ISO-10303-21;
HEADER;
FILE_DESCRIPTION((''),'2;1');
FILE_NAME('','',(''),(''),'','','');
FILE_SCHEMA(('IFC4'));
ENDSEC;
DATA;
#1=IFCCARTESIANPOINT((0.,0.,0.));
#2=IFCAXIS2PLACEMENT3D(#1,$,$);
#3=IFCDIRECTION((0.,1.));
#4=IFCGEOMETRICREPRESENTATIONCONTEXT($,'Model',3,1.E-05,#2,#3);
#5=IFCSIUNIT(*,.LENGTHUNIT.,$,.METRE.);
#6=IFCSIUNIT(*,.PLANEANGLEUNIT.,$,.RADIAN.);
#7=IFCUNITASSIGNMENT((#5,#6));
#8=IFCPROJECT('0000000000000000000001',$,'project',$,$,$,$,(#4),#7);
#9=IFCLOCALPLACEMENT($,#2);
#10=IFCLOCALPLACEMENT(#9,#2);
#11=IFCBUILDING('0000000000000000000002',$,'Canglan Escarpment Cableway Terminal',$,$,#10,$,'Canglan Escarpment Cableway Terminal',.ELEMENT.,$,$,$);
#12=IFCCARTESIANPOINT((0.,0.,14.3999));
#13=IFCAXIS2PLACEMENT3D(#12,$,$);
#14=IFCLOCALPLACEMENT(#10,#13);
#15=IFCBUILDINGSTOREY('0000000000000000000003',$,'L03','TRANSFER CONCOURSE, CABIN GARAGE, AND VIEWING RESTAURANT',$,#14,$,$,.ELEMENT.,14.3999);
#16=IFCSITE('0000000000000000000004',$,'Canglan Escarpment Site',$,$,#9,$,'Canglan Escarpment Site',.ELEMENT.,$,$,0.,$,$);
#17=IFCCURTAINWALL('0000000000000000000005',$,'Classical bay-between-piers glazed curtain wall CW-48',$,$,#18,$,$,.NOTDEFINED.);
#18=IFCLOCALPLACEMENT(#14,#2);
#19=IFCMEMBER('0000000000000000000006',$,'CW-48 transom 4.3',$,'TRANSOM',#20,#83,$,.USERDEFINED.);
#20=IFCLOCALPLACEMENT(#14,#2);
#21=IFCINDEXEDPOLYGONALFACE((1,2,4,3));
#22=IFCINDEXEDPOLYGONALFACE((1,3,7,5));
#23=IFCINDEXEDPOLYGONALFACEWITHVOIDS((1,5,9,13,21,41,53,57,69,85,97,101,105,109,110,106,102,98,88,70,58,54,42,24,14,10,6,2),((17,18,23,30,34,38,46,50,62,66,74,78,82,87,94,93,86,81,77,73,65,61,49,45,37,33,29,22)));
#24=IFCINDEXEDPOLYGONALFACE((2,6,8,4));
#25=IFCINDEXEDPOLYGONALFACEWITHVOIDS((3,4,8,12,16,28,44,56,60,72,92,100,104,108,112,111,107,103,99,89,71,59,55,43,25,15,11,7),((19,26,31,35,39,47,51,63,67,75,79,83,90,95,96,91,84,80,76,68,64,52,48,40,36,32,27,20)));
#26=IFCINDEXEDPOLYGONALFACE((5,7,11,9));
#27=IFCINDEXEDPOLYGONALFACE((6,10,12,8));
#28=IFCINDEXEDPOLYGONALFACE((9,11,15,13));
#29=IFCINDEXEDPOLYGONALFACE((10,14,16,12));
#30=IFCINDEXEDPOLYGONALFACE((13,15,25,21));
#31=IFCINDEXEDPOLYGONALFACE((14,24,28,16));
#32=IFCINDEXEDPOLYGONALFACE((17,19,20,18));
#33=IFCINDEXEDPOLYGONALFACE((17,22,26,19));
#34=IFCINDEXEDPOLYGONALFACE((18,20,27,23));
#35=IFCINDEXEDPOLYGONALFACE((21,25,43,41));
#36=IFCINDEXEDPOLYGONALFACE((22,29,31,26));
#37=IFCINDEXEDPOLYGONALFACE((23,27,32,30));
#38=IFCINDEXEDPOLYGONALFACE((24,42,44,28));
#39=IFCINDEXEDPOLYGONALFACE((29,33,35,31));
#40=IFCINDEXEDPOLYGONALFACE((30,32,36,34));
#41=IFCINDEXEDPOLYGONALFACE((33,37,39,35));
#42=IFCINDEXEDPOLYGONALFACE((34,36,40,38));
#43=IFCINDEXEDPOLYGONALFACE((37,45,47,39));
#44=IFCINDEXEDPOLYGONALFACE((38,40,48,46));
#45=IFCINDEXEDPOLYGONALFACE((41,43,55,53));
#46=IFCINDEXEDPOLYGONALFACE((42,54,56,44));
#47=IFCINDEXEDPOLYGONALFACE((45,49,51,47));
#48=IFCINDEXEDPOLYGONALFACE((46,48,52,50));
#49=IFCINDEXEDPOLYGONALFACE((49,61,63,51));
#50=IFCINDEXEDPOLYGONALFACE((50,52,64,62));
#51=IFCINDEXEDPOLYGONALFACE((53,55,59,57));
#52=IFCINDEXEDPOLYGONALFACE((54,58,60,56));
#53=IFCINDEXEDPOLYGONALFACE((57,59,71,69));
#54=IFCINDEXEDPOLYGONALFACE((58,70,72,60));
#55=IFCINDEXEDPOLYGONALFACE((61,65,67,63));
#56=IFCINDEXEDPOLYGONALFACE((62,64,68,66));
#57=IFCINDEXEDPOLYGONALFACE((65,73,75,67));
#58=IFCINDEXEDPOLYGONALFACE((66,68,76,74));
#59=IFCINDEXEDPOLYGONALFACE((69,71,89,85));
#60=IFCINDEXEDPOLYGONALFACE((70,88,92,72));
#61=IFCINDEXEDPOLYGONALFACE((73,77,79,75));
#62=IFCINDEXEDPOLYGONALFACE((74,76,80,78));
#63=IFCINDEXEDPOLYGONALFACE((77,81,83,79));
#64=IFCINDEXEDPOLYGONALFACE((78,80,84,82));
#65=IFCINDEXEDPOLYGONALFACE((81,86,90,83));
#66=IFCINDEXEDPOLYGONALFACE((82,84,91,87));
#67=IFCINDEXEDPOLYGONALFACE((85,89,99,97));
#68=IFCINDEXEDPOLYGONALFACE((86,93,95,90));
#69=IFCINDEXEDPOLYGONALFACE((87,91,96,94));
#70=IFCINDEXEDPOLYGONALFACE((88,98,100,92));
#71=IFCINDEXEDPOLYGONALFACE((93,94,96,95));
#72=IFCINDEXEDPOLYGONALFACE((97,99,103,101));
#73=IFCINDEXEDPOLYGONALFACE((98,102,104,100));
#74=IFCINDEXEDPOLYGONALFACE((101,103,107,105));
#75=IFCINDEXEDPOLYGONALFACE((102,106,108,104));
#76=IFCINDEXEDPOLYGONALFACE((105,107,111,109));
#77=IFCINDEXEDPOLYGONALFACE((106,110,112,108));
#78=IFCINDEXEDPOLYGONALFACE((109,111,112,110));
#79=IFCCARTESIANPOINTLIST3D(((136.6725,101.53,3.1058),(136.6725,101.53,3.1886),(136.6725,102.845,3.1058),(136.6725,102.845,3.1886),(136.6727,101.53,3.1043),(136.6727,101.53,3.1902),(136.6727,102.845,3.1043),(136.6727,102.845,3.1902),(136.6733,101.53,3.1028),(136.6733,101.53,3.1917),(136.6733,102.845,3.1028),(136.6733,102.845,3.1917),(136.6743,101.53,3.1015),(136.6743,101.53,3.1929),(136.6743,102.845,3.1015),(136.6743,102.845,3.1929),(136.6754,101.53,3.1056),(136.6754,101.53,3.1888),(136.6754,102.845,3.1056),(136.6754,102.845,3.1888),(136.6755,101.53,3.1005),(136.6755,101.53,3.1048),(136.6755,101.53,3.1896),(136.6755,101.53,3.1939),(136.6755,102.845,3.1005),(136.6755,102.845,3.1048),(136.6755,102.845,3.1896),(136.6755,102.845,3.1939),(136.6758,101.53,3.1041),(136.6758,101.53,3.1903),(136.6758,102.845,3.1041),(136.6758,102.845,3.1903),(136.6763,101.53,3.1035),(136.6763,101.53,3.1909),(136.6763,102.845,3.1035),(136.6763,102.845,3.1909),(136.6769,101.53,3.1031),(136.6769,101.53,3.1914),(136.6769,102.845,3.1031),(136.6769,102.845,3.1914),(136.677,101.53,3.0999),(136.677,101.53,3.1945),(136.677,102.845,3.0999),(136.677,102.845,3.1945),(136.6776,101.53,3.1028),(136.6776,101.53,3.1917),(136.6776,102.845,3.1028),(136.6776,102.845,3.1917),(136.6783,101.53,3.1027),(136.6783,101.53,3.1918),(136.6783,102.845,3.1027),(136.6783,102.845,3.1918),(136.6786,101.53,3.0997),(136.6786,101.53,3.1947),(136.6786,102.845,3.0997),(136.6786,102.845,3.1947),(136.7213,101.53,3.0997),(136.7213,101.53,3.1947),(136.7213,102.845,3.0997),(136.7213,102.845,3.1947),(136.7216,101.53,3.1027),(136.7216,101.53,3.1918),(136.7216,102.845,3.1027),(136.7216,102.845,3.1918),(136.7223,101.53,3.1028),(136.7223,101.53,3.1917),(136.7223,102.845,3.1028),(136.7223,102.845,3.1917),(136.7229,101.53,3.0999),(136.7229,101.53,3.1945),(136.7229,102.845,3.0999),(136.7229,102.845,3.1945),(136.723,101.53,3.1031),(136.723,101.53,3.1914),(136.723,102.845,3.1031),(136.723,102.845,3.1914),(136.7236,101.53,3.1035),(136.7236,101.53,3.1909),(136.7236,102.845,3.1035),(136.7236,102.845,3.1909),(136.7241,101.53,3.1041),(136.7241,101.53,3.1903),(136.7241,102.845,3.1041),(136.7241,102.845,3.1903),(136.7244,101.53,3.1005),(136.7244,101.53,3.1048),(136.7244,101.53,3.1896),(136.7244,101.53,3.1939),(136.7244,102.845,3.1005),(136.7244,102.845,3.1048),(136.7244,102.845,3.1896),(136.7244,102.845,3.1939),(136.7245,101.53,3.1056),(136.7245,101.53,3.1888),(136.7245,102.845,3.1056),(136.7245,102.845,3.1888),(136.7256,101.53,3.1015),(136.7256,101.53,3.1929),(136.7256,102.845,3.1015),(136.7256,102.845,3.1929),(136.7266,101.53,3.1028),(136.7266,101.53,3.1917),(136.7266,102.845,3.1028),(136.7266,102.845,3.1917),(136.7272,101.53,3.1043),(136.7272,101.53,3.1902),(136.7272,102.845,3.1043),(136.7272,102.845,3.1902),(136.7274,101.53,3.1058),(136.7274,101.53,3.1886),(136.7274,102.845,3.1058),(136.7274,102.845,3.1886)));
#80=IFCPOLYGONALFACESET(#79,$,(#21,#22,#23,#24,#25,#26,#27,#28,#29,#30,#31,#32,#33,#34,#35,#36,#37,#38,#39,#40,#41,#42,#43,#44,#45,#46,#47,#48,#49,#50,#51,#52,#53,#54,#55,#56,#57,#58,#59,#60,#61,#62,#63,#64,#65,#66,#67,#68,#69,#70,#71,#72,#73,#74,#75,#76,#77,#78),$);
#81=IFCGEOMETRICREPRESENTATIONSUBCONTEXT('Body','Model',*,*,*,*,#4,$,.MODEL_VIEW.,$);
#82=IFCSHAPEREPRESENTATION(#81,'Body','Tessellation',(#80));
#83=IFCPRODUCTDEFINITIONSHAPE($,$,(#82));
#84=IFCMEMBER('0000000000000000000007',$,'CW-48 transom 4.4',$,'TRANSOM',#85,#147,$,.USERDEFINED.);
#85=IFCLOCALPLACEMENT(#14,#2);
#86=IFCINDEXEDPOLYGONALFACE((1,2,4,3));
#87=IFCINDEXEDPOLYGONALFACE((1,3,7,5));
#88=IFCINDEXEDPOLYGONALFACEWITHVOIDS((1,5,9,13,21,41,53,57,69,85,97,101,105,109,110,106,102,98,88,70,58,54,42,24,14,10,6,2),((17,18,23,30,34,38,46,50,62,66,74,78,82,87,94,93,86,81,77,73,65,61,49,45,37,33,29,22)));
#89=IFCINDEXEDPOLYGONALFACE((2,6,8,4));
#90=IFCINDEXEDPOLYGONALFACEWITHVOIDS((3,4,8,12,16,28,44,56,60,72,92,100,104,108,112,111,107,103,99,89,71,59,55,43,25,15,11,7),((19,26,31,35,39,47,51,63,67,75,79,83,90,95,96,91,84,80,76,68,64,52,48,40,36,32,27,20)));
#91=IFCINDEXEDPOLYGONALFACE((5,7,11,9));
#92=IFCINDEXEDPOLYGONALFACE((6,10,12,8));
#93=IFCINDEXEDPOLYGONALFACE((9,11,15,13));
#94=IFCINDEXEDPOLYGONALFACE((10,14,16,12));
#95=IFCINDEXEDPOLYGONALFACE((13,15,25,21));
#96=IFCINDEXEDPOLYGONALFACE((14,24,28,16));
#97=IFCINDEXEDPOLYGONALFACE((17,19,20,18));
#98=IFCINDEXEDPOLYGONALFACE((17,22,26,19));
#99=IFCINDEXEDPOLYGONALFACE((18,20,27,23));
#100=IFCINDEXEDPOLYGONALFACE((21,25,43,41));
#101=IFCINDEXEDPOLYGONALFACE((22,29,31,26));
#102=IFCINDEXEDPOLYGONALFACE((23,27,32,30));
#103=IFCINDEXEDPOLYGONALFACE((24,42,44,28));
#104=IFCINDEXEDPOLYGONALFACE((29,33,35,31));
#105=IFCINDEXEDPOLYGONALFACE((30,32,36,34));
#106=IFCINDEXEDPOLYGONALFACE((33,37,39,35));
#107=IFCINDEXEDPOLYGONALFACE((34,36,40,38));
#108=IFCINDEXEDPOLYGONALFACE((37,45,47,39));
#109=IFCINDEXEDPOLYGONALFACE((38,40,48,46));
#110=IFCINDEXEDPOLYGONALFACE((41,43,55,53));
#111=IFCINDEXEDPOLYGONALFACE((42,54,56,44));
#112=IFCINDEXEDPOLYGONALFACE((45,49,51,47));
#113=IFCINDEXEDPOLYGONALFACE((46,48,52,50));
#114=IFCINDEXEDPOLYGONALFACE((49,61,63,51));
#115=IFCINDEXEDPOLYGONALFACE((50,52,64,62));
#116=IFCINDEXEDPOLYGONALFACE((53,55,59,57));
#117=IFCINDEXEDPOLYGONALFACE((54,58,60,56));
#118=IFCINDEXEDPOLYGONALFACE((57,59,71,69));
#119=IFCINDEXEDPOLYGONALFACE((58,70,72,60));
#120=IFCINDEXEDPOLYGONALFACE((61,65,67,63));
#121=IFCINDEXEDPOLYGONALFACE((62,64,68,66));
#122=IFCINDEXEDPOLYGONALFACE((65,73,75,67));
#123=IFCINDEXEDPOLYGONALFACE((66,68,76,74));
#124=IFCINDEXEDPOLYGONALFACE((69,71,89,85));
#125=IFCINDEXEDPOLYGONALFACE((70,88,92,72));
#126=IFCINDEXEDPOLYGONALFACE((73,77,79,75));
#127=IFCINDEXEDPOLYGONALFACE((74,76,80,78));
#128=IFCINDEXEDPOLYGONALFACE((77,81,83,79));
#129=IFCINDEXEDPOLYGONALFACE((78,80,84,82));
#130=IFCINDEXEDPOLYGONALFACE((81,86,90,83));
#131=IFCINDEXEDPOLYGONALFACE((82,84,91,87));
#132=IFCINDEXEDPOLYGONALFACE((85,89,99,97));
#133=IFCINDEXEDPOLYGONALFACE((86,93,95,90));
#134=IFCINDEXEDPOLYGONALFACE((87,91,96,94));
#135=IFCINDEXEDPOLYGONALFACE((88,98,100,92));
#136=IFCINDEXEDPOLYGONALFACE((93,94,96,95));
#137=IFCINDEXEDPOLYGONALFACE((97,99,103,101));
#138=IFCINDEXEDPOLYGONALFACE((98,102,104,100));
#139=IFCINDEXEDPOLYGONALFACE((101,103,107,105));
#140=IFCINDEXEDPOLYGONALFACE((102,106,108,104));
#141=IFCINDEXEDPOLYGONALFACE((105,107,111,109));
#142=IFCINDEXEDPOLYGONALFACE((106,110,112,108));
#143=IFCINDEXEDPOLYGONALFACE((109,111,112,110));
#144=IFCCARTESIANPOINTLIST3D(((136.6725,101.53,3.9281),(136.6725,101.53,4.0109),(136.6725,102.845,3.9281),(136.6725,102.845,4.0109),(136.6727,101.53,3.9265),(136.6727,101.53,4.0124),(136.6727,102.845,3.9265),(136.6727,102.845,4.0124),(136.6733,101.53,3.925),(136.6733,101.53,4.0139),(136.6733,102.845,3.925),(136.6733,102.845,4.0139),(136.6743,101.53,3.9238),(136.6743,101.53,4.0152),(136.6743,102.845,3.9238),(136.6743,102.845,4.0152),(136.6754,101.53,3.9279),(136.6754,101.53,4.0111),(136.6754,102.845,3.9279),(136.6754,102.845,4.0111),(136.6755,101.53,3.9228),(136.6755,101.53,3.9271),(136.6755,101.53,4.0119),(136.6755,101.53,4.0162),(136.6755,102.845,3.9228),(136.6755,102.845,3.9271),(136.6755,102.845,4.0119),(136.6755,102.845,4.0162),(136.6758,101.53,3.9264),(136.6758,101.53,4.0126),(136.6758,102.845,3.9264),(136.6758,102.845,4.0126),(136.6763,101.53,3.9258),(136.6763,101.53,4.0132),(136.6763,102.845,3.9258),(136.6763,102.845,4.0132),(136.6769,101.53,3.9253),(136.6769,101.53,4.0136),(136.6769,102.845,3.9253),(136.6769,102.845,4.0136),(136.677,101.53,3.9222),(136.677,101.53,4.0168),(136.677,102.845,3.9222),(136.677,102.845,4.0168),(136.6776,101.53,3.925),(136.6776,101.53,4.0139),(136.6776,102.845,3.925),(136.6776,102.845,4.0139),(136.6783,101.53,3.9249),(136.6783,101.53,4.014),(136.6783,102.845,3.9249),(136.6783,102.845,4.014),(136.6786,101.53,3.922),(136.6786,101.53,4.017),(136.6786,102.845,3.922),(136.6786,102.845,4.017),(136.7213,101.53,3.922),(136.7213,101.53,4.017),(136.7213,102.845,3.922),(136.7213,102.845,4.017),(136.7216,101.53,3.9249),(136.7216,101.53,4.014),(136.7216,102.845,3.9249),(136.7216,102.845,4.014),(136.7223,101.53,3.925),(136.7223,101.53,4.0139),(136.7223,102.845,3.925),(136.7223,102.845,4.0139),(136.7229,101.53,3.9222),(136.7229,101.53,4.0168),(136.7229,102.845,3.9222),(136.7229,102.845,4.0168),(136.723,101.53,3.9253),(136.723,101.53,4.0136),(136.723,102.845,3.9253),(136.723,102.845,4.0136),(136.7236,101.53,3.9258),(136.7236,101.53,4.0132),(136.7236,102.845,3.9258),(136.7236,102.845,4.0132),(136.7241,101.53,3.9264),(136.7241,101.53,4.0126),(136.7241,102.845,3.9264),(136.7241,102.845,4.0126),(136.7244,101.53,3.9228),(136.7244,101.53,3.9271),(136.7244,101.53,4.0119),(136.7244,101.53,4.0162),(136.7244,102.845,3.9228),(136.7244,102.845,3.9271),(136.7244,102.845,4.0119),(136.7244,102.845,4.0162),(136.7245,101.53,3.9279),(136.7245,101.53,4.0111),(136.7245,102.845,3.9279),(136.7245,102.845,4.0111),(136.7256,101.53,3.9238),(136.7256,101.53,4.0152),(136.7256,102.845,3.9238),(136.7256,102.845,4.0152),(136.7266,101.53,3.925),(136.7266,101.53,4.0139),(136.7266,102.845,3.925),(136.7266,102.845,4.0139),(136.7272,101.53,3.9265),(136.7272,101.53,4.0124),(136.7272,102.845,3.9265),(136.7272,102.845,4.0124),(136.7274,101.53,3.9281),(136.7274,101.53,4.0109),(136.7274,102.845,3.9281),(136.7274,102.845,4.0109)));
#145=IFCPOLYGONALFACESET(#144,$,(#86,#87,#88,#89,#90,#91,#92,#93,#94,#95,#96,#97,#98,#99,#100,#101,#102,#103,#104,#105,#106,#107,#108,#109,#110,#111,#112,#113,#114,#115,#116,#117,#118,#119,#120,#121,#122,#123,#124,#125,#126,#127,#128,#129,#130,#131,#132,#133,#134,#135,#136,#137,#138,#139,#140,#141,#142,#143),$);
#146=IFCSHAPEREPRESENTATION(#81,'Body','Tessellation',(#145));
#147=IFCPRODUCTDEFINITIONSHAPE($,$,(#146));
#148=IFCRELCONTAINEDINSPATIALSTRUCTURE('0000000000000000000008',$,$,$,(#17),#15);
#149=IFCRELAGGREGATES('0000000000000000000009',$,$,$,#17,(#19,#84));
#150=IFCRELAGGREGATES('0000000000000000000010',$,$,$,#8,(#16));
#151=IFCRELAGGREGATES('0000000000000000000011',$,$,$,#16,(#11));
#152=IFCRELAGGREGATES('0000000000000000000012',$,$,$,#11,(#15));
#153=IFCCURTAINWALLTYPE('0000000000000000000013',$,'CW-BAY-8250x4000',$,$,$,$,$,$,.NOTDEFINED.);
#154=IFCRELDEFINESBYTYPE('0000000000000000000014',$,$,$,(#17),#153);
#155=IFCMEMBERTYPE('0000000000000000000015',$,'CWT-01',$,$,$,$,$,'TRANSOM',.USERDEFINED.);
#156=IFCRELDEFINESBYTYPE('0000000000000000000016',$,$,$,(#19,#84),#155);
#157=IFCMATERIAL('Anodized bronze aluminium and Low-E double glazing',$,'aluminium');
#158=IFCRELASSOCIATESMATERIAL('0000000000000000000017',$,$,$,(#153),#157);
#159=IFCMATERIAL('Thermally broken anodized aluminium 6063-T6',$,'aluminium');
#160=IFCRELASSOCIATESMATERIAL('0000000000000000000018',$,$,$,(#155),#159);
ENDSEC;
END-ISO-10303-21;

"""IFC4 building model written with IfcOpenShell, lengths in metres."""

from ifc_helpers import new_model, si_unit, direction, frame, origin, origin_2d, place, context, subcontext, project, spatial, hollow_rectangle, extrude, material, material_profile, profile_set, type_object, element, aggregate, save


model = new_model("IFC4")

# Units and contexts
model_context = context("Model", 3, precision=1e-05, world=origin(), true_north=direction((0.0, 1.0)))
body_context = subcontext(model_context, "Body", "Model", "MODEL_VIEW")
ifc_project = project(units=[si_unit("LENGTHUNIT", "METRE"), si_unit("PLANEANGLEUNIT", "RADIAN")], contexts=[model_context])

# Site, building, storey
site_placement = place(None, origin())
site = spatial("IfcSite", under=ifc_project, at=site_placement, Name="Canglan Escarpment Site", LongName="Canglan Escarpment Site", CompositionType="ELEMENT", RefElevation=0.0)
building_placement = place(site_placement, origin())
building = spatial("IfcBuilding", under=site, at=building_placement, Name="Canglan Escarpment Cableway Terminal", LongName="Canglan Escarpment Cableway Terminal", CompositionType="ELEMENT")
storey_placement = place(building_placement, frame((0.0, 0.0, 14.3999)))
storey = spatial("IfcBuildingStorey", under=building, at=storey_placement, Name="L03", Description="TRANSFER CONCOURSE, CABIN GARAGE, AND VIEWING RESTAURANT", CompositionType="ELEMENT", Elevation=14.3999)

# Curtain wall, members
ifc_material_1 = material(Name="Anodized bronze aluminium and Low-E double glazing", Category="aluminium")
curtain_wall_type = type_object("IfcCurtainWallType", Name="CW-BAY-8250x4000", PredefinedType="NOTDEFINED", material=ifc_material_1)
curtain_wall_placement = place(storey_placement, origin())
curtain_wall = element("IfcCurtainWall", 1, at=curtain_wall_placement, inside=storey, type_object=curtain_wall_type, Name="Classical bay-between-piers glazed curtain wall CW-48", PredefinedType="NOTDEFINED")
ifc_material_2 = material(Name="Thermally broken anodized aluminium 6063-T6", Category="aluminium")
ifc_material_profile_1 = material_profile(ifc_material_2, hollow_rectangle(XDim=0.0549, YDim=0.095, WallThickness=0.0029, InnerFilletRadius=0.0029, OuterFilletRadius=0.0061, at=origin_2d()), Name="ALU-TRAN 55x95x3")
ifc_profile_set_1 = profile_set([ifc_material_profile_1], Name="Thermally broken anodized aluminium 6063-T6")
member_type_1 = type_object("IfcMemberType", Name="CWT-01", ElementType="TRANSOM", PredefinedType="USERDEFINED", material=ifc_profile_set_1)
member_1_placement = place(storey_placement, frame((136.7, 101.53, 3.1472), z_axis=(0.0, 1.0, 0.0), x_axis=(-1.0, 0.0, 0.0)))
member_1 = element("IfcMember", 2, at=member_1_placement, type_object=member_type_1, Name="CW-48 transom 4.3", ObjectType="TRANSOM", PredefinedType="USERDEFINED", context=body_context, shape_type="SweptSolid", body=[
    extrude(hollow_rectangle(XDim=0.0549, YDim=0.095, WallThickness=0.0029, InnerFilletRadius=0.0029, OuterFilletRadius=0.0061, at=origin_2d()), origin(), (0.0, 0.0, 1.0), 1.3149),
])
member_2_placement = place(storey_placement, frame((136.7, 101.53, 3.9695), z_axis=(0.0, 1.0, 0.0), x_axis=(-1.0, 0.0, 0.0)))
member_2 = element("IfcMember", 3, at=member_2_placement, type_object=member_type_1, Name="CW-48 transom 4.4", ObjectType="TRANSOM", PredefinedType="USERDEFINED", context=body_context, shape_type="SweptSolid", body=[
    extrude(hollow_rectangle(XDim=0.0549, YDim=0.095, WallThickness=0.0029, InnerFilletRadius=0.0029, OuterFilletRadius=0.0061, at=origin_2d()), origin(), (0.0, 0.0, 1.0), 1.3149),
])
aggregate(curtain_wall, [member_1, member_2])

save(model, "model.ifc")
